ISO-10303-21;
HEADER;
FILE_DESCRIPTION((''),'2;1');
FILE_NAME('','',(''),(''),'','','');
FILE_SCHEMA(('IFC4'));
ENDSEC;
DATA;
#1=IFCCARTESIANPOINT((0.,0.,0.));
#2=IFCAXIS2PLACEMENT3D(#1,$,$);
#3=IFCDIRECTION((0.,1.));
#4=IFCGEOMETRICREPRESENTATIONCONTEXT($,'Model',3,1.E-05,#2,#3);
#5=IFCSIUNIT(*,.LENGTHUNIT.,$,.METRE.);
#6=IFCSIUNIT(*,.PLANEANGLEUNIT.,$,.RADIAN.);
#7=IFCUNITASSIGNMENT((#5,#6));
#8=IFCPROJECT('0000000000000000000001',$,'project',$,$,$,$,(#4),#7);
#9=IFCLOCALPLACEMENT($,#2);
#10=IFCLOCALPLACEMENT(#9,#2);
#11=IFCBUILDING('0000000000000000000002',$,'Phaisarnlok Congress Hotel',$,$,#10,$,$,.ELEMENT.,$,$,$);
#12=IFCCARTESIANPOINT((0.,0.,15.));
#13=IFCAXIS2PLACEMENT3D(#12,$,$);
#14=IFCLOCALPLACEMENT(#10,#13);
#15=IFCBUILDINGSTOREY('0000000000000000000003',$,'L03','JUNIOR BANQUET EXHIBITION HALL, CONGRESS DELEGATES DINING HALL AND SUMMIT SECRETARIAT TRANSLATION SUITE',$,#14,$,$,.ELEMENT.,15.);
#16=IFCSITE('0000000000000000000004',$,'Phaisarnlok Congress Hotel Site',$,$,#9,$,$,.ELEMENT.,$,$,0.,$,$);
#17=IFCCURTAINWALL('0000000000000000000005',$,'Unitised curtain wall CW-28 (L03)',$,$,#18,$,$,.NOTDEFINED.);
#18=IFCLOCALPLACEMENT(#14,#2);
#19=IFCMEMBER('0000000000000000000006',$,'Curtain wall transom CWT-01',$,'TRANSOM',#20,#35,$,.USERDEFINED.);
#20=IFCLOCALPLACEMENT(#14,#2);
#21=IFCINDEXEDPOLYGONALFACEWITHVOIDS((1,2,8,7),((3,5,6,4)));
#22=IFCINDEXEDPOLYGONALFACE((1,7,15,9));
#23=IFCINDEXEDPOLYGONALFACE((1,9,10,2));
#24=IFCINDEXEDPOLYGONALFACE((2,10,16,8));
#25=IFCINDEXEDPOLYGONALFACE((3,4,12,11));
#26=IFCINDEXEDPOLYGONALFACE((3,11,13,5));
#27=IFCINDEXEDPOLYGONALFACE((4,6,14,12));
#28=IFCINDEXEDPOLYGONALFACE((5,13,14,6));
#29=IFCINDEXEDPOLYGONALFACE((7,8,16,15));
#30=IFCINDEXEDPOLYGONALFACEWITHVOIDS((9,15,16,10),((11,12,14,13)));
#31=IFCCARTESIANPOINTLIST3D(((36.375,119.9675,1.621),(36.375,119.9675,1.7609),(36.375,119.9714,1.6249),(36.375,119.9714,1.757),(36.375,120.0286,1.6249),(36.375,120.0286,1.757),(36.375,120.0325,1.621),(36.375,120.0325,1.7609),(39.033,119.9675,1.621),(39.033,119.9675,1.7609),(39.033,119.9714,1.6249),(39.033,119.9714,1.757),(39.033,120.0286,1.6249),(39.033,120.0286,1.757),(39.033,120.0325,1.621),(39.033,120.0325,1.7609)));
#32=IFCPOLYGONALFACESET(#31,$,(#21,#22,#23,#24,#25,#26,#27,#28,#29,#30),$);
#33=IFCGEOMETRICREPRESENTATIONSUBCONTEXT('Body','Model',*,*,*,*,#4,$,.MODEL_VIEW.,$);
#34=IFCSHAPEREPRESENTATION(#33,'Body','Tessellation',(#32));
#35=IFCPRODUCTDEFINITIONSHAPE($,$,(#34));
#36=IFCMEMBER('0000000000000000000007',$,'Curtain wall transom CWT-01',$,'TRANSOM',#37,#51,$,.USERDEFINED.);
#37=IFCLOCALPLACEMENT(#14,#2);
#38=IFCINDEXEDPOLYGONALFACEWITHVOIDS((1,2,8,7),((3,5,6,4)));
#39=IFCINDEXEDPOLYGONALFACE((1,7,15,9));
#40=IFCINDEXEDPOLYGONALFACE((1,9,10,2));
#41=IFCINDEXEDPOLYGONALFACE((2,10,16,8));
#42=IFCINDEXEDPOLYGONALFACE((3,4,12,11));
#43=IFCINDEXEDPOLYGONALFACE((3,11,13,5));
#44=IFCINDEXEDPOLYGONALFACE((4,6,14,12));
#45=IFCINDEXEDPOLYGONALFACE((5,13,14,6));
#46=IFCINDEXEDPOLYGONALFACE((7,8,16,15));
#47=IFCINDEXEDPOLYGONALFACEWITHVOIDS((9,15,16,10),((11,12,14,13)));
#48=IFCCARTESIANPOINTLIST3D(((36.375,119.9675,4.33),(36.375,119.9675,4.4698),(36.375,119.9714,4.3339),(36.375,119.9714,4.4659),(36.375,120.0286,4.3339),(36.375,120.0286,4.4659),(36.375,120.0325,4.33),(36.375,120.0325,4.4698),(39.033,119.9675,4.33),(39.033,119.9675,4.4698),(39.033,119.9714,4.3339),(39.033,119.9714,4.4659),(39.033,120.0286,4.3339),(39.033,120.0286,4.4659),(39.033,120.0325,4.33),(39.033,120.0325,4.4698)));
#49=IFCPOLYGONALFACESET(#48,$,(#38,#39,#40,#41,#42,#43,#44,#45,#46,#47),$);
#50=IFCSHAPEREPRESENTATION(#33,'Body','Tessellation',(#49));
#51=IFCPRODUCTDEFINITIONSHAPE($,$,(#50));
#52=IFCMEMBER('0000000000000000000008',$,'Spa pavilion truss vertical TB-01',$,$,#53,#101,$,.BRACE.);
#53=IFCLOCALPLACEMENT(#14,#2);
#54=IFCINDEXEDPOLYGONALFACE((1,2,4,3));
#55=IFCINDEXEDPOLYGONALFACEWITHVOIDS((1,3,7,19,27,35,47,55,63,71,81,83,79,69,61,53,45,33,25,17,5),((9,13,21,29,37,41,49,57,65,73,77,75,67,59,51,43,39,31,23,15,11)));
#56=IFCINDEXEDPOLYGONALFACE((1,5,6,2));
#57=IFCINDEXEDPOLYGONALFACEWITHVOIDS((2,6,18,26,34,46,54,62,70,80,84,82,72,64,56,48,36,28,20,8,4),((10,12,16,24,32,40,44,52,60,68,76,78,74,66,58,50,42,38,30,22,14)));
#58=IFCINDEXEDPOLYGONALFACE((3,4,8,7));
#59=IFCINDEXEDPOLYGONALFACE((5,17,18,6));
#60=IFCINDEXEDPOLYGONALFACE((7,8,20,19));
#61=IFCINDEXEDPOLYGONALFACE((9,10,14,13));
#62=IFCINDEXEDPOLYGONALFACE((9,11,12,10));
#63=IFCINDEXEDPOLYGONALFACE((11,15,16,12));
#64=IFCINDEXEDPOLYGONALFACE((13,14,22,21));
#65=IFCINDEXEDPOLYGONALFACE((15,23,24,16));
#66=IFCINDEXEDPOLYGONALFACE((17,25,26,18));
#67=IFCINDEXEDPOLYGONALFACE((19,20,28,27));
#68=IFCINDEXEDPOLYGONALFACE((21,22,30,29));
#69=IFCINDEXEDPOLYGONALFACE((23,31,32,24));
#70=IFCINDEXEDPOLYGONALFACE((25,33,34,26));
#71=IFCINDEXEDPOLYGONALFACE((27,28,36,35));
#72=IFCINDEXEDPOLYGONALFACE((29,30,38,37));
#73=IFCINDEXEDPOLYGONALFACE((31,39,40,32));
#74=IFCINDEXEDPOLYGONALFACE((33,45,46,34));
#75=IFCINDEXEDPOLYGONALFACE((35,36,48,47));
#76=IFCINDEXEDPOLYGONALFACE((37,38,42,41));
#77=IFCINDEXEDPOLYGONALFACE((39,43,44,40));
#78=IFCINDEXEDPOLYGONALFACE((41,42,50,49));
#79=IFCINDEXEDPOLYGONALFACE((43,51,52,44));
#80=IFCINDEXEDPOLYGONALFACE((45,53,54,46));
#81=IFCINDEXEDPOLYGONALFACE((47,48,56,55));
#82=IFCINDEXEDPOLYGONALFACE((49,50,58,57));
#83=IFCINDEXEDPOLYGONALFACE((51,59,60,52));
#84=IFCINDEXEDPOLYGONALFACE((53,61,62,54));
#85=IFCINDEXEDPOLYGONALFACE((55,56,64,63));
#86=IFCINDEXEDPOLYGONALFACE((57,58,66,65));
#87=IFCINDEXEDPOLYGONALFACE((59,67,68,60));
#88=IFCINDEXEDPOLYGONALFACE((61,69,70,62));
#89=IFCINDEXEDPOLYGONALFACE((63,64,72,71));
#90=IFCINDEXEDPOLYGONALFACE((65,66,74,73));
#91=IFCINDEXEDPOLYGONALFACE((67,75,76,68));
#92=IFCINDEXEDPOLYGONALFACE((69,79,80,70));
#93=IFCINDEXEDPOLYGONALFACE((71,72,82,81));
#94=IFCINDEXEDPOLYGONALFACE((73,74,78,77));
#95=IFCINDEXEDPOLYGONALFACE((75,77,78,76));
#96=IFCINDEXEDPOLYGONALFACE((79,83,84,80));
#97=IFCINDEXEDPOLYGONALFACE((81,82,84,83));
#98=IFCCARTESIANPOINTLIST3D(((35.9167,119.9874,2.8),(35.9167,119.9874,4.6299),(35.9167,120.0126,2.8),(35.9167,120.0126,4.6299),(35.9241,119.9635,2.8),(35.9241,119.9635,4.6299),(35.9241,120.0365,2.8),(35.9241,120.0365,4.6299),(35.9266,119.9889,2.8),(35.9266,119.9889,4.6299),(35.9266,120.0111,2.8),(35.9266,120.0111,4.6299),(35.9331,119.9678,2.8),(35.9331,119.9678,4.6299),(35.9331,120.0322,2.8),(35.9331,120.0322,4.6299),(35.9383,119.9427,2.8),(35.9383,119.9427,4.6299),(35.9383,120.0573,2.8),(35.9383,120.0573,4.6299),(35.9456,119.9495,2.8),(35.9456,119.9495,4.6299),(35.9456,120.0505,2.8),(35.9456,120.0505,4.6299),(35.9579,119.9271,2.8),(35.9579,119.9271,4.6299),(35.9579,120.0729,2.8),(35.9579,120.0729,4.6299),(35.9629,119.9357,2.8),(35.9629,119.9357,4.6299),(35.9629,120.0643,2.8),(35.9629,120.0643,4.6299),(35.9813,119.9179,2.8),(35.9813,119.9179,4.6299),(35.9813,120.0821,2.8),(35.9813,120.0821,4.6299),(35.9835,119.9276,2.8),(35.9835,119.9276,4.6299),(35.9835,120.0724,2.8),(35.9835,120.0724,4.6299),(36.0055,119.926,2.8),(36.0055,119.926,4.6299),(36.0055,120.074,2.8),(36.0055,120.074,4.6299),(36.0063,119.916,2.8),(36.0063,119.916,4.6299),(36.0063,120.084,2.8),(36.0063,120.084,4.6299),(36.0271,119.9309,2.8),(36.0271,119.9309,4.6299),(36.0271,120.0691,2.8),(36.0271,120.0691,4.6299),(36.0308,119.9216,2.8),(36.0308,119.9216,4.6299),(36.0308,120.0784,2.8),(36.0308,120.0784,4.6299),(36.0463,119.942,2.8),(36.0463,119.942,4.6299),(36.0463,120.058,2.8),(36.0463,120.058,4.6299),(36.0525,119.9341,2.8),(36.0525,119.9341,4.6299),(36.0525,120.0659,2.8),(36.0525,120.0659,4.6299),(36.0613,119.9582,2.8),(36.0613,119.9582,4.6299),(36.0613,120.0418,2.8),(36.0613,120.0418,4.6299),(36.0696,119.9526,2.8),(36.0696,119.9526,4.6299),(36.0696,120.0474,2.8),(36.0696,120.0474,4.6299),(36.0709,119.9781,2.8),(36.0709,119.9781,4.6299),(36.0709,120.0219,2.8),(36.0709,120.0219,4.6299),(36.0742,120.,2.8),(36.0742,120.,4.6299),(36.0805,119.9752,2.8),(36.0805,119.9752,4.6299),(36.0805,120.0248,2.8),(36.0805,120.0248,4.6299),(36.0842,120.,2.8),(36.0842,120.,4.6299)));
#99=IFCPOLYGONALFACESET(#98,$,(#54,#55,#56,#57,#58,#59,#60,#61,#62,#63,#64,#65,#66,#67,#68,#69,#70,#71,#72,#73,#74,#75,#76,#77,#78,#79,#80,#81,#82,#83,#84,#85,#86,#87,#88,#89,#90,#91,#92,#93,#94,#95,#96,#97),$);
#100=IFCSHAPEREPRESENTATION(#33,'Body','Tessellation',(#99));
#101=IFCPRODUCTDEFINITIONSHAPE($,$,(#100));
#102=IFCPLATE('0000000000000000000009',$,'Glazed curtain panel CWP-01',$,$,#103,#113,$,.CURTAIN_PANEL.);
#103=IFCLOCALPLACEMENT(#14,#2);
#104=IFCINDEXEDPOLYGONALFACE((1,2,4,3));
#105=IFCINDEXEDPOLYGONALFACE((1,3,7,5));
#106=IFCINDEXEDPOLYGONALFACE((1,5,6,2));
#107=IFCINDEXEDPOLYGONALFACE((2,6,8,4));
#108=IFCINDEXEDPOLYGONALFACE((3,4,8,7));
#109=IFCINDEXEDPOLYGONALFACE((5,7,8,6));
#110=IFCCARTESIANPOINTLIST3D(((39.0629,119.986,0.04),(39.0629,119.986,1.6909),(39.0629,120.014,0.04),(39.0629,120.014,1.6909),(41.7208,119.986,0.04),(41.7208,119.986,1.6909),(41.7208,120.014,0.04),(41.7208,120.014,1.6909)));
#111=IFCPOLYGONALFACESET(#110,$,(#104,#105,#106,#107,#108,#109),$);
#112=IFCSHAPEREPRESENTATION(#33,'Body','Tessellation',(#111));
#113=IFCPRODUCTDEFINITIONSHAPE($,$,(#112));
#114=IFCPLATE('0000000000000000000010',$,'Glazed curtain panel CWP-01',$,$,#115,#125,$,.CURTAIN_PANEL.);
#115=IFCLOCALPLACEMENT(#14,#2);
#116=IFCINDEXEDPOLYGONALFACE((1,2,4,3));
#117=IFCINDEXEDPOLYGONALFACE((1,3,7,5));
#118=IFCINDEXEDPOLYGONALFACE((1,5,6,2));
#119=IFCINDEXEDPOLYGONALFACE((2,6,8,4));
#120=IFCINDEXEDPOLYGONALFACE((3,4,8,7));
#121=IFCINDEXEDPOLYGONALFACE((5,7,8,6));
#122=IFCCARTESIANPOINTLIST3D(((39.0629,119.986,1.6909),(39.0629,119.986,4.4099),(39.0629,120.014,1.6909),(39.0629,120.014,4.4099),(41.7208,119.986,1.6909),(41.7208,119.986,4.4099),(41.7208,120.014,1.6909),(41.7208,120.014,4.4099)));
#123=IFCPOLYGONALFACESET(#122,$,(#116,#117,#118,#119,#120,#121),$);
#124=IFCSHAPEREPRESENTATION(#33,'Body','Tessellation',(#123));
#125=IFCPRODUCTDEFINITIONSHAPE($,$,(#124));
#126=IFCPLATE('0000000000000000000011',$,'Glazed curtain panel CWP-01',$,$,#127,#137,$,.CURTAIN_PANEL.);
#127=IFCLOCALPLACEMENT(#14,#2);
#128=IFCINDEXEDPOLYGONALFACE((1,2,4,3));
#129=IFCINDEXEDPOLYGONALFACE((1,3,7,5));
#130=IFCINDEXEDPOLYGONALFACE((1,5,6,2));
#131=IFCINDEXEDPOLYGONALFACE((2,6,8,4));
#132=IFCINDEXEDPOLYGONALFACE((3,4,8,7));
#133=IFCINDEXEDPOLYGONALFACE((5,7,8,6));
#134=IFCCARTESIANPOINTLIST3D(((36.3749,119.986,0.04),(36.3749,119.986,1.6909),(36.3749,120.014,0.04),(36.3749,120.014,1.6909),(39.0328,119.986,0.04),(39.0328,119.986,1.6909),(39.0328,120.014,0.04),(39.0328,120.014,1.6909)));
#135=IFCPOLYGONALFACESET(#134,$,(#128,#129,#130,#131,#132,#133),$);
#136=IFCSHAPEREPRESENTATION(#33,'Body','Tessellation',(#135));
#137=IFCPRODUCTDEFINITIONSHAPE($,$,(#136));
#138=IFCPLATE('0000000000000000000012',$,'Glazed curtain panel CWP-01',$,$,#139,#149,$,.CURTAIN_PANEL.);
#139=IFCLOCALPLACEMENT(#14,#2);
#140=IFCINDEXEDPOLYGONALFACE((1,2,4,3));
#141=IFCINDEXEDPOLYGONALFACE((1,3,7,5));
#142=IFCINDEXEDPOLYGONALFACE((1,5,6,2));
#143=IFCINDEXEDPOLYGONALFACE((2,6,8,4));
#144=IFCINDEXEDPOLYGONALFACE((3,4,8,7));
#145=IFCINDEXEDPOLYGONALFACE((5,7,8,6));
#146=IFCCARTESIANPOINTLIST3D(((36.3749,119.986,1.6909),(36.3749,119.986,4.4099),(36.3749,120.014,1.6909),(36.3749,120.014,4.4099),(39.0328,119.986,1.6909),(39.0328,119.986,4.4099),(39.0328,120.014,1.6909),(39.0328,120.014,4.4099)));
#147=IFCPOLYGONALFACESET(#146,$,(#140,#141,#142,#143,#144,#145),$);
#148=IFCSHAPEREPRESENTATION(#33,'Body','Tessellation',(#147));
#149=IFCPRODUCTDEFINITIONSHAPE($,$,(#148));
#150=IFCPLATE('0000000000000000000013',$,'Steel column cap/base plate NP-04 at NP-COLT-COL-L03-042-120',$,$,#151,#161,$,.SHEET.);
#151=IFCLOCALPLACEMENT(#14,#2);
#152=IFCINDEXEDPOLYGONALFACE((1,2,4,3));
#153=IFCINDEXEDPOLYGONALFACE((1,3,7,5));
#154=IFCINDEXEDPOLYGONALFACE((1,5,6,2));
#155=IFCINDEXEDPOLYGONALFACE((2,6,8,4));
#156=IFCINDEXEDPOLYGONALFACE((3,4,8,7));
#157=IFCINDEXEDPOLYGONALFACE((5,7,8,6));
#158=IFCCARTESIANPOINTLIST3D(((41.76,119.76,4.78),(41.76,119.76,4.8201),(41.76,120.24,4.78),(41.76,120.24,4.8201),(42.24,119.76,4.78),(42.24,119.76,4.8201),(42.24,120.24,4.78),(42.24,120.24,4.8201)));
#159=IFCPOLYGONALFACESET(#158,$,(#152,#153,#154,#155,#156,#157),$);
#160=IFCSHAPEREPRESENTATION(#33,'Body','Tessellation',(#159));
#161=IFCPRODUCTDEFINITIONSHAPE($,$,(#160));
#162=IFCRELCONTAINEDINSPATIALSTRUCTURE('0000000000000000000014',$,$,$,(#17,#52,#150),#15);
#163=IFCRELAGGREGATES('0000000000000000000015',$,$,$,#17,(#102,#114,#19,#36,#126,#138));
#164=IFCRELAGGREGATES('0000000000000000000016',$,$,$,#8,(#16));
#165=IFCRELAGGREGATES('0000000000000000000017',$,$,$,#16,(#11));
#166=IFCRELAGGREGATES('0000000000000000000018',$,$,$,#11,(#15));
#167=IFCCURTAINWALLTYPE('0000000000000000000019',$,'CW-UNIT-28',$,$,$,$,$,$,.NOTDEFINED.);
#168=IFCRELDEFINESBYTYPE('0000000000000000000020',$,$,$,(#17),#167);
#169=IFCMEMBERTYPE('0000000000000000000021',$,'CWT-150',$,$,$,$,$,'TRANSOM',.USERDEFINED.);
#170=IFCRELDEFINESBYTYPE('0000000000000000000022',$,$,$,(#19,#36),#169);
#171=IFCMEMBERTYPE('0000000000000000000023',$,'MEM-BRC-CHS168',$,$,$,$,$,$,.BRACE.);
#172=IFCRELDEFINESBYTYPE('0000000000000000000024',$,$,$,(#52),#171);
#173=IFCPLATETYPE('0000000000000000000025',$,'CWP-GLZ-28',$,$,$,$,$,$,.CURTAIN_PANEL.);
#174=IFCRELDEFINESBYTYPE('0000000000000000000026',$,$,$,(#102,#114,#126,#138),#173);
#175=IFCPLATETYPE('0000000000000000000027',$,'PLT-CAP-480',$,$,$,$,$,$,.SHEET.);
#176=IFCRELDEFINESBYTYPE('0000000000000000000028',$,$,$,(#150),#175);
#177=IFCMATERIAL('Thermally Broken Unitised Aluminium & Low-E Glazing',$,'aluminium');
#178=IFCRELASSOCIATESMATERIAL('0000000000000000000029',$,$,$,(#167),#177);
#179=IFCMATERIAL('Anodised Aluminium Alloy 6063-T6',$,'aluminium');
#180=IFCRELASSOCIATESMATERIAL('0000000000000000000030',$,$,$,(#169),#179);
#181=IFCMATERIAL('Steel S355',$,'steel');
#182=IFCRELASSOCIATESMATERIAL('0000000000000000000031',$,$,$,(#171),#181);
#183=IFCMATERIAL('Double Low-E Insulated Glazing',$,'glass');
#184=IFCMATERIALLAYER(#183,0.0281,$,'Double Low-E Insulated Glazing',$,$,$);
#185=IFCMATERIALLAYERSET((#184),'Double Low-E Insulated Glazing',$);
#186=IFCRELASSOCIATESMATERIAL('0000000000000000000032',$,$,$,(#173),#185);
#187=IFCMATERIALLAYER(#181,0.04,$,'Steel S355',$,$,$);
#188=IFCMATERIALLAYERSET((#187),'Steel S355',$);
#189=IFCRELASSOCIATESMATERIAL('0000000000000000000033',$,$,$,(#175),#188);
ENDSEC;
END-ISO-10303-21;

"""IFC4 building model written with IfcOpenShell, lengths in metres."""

from ifc_helpers import new_model, si_unit, direction, frame, frame_2d, origin, origin_2d, place, context, subcontext, project, spatial, rectangle, hollow_rectangle, hollow_circle, extrude, material, layer, layer_set, material_profile, profile_set, type_object, element, aggregate, save


model = new_model("IFC4")

# Units and contexts
model_context = context("Model", 3, precision=1e-05, world=origin(), true_north=direction((0.0, 1.0)))
body_context = subcontext(model_context, "Body", "Model", "MODEL_VIEW")
ifc_project = project(units=[si_unit("LENGTHUNIT", "METRE"), si_unit("PLANEANGLEUNIT", "RADIAN")], contexts=[model_context])

# Site, building, storey
site_placement = place(None, origin())
site = spatial("IfcSite", under=ifc_project, at=site_placement, Name="Phaisarnlok Congress Hotel Site", CompositionType="ELEMENT", RefElevation=0.0)
building_placement = place(site_placement, origin())
building = spatial("IfcBuilding", under=site, at=building_placement, Name="Phaisarnlok Congress Hotel", CompositionType="ELEMENT")
storey_placement = place(building_placement, frame((0.0, 0.0, 15.0)))
storey = spatial("IfcBuildingStorey", under=building, at=storey_placement, Name="L03", Description="JUNIOR BANQUET EXHIBITION HALL, CONGRESS DELEGATES DINING HALL AND SUMMIT SECRETARIAT TRANSLATION SUITE", CompositionType="ELEMENT", Elevation=15.0)

# Shared definitions
ifc_material_1 = material(Name="Steel S355", Category="steel")

# Curtain wall, members
ifc_material_2 = material(Name="Thermally Broken Unitised Aluminium & Low-E Glazing", Category="aluminium")
curtain_wall_type = type_object("IfcCurtainWallType", Name="CW-UNIT-28", PredefinedType="NOTDEFINED", material=ifc_material_2)
curtain_wall_placement = place(storey_placement, origin())
curtain_wall = element("IfcCurtainWall", 1, at=curtain_wall_placement, inside=storey, type_object=curtain_wall_type, Name="Unitised curtain wall CW-28 (L03)", PredefinedType="NOTDEFINED")
ifc_material_3 = material(Name="Anodised Aluminium Alloy 6063-T6", Category="aluminium")
ifc_material_profile_1 = material_profile(ifc_material_3, hollow_rectangle(XDim=0.0649, YDim=0.1399, WallThickness=0.0039, at=origin_2d()), Name="ALU-T 65x140x4")
ifc_profile_set_1 = profile_set([ifc_material_profile_1], Name="Anodised Aluminium Alloy 6063-T6")
member_type_1 = type_object("IfcMemberType", Name="CWT-150", ElementType="TRANSOM", PredefinedType="USERDEFINED", material=ifc_profile_set_1)
member_1_placement = place(storey_placement, frame((39.033, 120.0, 1.6909), z_axis=(-1.0, 0.0, 0.0), x_axis=(0.0, -1.0, 0.0)))
member_1 = element("IfcMember", 2, at=member_1_placement, type_object=member_type_1, Name="Curtain wall transom CWT-01", ObjectType="TRANSOM", PredefinedType="USERDEFINED", context=body_context, shape_type="SweptSolid", body=[
    extrude(hollow_rectangle(XDim=0.0649, YDim=0.1399, WallThickness=0.0039, at=origin_2d()), origin(), (0.0, 0.0, 1.0), 2.658),
])
member_2_placement = place(storey_placement, frame((39.033, 120.0, 4.3999), z_axis=(-1.0, 0.0, 0.0), x_axis=(0.0, -1.0, 0.0)))
member_2 = element("IfcMember", 3, at=member_2_placement, type_object=member_type_1, Name="Curtain wall transom CWT-01", ObjectType="TRANSOM", PredefinedType="USERDEFINED", context=body_context, shape_type="SweptSolid", body=[
    extrude(hollow_rectangle(XDim=0.0649, YDim=0.1399, WallThickness=0.0039, at=origin_2d()), origin(), (0.0, 0.0, 1.0), 2.658),
])

# Member
ifc_material_profile_2 = material_profile(ifc_material_1, hollow_circle(Radius=0.0842, WallThickness=0.01, at=origin_2d()), Name="CHS 168.3x10")
ifc_profile_set_2 = profile_set([ifc_material_profile_2], Name="Steel S355")
member_type_2 = type_object("IfcMemberType", Name="MEM-BRC-CHS168", PredefinedType="BRACE", material=ifc_profile_set_2)
member_3_placement = place(storey_placement, frame((36.0, 120.0, 2.8), z_axis=(0.0, 0.0, 1.0), x_axis=(1.0, 0.0, 0.0)))
element("IfcMember", 4, at=member_3_placement, inside=storey, type_object=member_type_2, Name="Spa pavilion truss vertical TB-01", PredefinedType="BRACE", context=body_context, shape_type="SweptSolid", body=[
    extrude(hollow_circle(Radius=0.0842, WallThickness=0.01, at=origin_2d()), origin(), (0.0, 0.0, 1.0), 1.8298),
])

# Plates
ifc_material_4 = material(Name="Double Low-E Insulated Glazing", Category="glass")
ifc_layer_1 = layer(ifc_material_4, 0.0281, Name="Double Low-E Insulated Glazing")
ifc_layer_set_1 = layer_set([ifc_layer_1], Name="Double Low-E Insulated Glazing")
plate_type_1 = type_object("IfcPlateType", Name="CWP-GLZ-28", PredefinedType="CURTAIN_PANEL", material=ifc_layer_set_1)
plate_1_placement = place(storey_placement, frame((41.7209, 120.0, 0.04), z_axis=(0.0, 0.0, 1.0), x_axis=(-1.0, 0.0, 0.0)))
plate_1 = element("IfcPlate", 5, at=plate_1_placement, type_object=plate_type_1, Name="Glazed curtain panel CWP-01", PredefinedType="CURTAIN_PANEL", context=body_context, shape_type="SweptSolid", body=[
    extrude(rectangle(XDim=2.658, YDim=0.0281, at=frame_2d((1.3291, 0.0))), origin(), (0.0, 0.0, 1.0), 1.6509),
])
plate_2_placement = place(storey_placement, frame((41.7209, 120.0, 1.6909), z_axis=(0.0, 0.0, 1.0), x_axis=(-1.0, 0.0, 0.0)))
plate_2 = element("IfcPlate", 6, at=plate_2_placement, type_object=plate_type_1, Name="Glazed curtain panel CWP-01", PredefinedType="CURTAIN_PANEL", context=body_context, shape_type="SweptSolid", body=[
    extrude(rectangle(XDim=2.658, YDim=0.0281, at=frame_2d((1.3291, 0.0))), origin(), (0.0, 0.0, 1.0), 2.719),
])
plate_3_placement = place(storey_placement, frame((39.033, 120.0, 0.04), z_axis=(0.0, 0.0, 1.0), x_axis=(-1.0, 0.0, 0.0)))
plate_3 = element("IfcPlate", 7, at=plate_3_placement, type_object=plate_type_1, Name="Glazed curtain panel CWP-01", PredefinedType="CURTAIN_PANEL", context=body_context, shape_type="SweptSolid", body=[
    extrude(rectangle(XDim=2.658, YDim=0.0281, at=frame_2d((1.3291, 0.0))), origin(), (0.0, 0.0, 1.0), 1.6509),
])
plate_4_placement = place(storey_placement, frame((39.033, 120.0, 1.6909), z_axis=(0.0, 0.0, 1.0), x_axis=(-1.0, 0.0, 0.0)))
plate_4 = element("IfcPlate", 8, at=plate_4_placement, type_object=plate_type_1, Name="Glazed curtain panel CWP-01", PredefinedType="CURTAIN_PANEL", context=body_context, shape_type="SweptSolid", body=[
    extrude(rectangle(XDim=2.658, YDim=0.0281, at=frame_2d((1.3291, 0.0))), origin(), (0.0, 0.0, 1.0), 2.719),
])
aggregate(curtain_wall, [plate_1, plate_2, member_1, member_2, plate_3, plate_4])
ifc_layer_2 = layer(ifc_material_1, 0.04, Name="Steel S355")
ifc_layer_set_2 = layer_set([ifc_layer_2], Name="Steel S355")
plate_type_2 = type_object("IfcPlateType", Name="PLT-CAP-480", PredefinedType="SHEET", material=ifc_layer_set_2)
plate_5_placement = place(storey_placement, frame((42.0, 120.0, 4.78), z_axis=(0.0, 0.0, 1.0), x_axis=(1.0, 0.0, 0.0)))
element("IfcPlate", 9, at=plate_5_placement, inside=storey, type_object=plate_type_2, Name="Steel column cap/base plate NP-04 at NP-COLT-COL-L03-042-120", PredefinedType="SHEET", context=body_context, shape_type="SweptSolid", body=[
    extrude(rectangle(XDim=0.48, YDim=0.48, at=origin_2d()), origin(), (0.0, 0.0, 1.0), 0.04),
])

save(model, "model.ifc")
